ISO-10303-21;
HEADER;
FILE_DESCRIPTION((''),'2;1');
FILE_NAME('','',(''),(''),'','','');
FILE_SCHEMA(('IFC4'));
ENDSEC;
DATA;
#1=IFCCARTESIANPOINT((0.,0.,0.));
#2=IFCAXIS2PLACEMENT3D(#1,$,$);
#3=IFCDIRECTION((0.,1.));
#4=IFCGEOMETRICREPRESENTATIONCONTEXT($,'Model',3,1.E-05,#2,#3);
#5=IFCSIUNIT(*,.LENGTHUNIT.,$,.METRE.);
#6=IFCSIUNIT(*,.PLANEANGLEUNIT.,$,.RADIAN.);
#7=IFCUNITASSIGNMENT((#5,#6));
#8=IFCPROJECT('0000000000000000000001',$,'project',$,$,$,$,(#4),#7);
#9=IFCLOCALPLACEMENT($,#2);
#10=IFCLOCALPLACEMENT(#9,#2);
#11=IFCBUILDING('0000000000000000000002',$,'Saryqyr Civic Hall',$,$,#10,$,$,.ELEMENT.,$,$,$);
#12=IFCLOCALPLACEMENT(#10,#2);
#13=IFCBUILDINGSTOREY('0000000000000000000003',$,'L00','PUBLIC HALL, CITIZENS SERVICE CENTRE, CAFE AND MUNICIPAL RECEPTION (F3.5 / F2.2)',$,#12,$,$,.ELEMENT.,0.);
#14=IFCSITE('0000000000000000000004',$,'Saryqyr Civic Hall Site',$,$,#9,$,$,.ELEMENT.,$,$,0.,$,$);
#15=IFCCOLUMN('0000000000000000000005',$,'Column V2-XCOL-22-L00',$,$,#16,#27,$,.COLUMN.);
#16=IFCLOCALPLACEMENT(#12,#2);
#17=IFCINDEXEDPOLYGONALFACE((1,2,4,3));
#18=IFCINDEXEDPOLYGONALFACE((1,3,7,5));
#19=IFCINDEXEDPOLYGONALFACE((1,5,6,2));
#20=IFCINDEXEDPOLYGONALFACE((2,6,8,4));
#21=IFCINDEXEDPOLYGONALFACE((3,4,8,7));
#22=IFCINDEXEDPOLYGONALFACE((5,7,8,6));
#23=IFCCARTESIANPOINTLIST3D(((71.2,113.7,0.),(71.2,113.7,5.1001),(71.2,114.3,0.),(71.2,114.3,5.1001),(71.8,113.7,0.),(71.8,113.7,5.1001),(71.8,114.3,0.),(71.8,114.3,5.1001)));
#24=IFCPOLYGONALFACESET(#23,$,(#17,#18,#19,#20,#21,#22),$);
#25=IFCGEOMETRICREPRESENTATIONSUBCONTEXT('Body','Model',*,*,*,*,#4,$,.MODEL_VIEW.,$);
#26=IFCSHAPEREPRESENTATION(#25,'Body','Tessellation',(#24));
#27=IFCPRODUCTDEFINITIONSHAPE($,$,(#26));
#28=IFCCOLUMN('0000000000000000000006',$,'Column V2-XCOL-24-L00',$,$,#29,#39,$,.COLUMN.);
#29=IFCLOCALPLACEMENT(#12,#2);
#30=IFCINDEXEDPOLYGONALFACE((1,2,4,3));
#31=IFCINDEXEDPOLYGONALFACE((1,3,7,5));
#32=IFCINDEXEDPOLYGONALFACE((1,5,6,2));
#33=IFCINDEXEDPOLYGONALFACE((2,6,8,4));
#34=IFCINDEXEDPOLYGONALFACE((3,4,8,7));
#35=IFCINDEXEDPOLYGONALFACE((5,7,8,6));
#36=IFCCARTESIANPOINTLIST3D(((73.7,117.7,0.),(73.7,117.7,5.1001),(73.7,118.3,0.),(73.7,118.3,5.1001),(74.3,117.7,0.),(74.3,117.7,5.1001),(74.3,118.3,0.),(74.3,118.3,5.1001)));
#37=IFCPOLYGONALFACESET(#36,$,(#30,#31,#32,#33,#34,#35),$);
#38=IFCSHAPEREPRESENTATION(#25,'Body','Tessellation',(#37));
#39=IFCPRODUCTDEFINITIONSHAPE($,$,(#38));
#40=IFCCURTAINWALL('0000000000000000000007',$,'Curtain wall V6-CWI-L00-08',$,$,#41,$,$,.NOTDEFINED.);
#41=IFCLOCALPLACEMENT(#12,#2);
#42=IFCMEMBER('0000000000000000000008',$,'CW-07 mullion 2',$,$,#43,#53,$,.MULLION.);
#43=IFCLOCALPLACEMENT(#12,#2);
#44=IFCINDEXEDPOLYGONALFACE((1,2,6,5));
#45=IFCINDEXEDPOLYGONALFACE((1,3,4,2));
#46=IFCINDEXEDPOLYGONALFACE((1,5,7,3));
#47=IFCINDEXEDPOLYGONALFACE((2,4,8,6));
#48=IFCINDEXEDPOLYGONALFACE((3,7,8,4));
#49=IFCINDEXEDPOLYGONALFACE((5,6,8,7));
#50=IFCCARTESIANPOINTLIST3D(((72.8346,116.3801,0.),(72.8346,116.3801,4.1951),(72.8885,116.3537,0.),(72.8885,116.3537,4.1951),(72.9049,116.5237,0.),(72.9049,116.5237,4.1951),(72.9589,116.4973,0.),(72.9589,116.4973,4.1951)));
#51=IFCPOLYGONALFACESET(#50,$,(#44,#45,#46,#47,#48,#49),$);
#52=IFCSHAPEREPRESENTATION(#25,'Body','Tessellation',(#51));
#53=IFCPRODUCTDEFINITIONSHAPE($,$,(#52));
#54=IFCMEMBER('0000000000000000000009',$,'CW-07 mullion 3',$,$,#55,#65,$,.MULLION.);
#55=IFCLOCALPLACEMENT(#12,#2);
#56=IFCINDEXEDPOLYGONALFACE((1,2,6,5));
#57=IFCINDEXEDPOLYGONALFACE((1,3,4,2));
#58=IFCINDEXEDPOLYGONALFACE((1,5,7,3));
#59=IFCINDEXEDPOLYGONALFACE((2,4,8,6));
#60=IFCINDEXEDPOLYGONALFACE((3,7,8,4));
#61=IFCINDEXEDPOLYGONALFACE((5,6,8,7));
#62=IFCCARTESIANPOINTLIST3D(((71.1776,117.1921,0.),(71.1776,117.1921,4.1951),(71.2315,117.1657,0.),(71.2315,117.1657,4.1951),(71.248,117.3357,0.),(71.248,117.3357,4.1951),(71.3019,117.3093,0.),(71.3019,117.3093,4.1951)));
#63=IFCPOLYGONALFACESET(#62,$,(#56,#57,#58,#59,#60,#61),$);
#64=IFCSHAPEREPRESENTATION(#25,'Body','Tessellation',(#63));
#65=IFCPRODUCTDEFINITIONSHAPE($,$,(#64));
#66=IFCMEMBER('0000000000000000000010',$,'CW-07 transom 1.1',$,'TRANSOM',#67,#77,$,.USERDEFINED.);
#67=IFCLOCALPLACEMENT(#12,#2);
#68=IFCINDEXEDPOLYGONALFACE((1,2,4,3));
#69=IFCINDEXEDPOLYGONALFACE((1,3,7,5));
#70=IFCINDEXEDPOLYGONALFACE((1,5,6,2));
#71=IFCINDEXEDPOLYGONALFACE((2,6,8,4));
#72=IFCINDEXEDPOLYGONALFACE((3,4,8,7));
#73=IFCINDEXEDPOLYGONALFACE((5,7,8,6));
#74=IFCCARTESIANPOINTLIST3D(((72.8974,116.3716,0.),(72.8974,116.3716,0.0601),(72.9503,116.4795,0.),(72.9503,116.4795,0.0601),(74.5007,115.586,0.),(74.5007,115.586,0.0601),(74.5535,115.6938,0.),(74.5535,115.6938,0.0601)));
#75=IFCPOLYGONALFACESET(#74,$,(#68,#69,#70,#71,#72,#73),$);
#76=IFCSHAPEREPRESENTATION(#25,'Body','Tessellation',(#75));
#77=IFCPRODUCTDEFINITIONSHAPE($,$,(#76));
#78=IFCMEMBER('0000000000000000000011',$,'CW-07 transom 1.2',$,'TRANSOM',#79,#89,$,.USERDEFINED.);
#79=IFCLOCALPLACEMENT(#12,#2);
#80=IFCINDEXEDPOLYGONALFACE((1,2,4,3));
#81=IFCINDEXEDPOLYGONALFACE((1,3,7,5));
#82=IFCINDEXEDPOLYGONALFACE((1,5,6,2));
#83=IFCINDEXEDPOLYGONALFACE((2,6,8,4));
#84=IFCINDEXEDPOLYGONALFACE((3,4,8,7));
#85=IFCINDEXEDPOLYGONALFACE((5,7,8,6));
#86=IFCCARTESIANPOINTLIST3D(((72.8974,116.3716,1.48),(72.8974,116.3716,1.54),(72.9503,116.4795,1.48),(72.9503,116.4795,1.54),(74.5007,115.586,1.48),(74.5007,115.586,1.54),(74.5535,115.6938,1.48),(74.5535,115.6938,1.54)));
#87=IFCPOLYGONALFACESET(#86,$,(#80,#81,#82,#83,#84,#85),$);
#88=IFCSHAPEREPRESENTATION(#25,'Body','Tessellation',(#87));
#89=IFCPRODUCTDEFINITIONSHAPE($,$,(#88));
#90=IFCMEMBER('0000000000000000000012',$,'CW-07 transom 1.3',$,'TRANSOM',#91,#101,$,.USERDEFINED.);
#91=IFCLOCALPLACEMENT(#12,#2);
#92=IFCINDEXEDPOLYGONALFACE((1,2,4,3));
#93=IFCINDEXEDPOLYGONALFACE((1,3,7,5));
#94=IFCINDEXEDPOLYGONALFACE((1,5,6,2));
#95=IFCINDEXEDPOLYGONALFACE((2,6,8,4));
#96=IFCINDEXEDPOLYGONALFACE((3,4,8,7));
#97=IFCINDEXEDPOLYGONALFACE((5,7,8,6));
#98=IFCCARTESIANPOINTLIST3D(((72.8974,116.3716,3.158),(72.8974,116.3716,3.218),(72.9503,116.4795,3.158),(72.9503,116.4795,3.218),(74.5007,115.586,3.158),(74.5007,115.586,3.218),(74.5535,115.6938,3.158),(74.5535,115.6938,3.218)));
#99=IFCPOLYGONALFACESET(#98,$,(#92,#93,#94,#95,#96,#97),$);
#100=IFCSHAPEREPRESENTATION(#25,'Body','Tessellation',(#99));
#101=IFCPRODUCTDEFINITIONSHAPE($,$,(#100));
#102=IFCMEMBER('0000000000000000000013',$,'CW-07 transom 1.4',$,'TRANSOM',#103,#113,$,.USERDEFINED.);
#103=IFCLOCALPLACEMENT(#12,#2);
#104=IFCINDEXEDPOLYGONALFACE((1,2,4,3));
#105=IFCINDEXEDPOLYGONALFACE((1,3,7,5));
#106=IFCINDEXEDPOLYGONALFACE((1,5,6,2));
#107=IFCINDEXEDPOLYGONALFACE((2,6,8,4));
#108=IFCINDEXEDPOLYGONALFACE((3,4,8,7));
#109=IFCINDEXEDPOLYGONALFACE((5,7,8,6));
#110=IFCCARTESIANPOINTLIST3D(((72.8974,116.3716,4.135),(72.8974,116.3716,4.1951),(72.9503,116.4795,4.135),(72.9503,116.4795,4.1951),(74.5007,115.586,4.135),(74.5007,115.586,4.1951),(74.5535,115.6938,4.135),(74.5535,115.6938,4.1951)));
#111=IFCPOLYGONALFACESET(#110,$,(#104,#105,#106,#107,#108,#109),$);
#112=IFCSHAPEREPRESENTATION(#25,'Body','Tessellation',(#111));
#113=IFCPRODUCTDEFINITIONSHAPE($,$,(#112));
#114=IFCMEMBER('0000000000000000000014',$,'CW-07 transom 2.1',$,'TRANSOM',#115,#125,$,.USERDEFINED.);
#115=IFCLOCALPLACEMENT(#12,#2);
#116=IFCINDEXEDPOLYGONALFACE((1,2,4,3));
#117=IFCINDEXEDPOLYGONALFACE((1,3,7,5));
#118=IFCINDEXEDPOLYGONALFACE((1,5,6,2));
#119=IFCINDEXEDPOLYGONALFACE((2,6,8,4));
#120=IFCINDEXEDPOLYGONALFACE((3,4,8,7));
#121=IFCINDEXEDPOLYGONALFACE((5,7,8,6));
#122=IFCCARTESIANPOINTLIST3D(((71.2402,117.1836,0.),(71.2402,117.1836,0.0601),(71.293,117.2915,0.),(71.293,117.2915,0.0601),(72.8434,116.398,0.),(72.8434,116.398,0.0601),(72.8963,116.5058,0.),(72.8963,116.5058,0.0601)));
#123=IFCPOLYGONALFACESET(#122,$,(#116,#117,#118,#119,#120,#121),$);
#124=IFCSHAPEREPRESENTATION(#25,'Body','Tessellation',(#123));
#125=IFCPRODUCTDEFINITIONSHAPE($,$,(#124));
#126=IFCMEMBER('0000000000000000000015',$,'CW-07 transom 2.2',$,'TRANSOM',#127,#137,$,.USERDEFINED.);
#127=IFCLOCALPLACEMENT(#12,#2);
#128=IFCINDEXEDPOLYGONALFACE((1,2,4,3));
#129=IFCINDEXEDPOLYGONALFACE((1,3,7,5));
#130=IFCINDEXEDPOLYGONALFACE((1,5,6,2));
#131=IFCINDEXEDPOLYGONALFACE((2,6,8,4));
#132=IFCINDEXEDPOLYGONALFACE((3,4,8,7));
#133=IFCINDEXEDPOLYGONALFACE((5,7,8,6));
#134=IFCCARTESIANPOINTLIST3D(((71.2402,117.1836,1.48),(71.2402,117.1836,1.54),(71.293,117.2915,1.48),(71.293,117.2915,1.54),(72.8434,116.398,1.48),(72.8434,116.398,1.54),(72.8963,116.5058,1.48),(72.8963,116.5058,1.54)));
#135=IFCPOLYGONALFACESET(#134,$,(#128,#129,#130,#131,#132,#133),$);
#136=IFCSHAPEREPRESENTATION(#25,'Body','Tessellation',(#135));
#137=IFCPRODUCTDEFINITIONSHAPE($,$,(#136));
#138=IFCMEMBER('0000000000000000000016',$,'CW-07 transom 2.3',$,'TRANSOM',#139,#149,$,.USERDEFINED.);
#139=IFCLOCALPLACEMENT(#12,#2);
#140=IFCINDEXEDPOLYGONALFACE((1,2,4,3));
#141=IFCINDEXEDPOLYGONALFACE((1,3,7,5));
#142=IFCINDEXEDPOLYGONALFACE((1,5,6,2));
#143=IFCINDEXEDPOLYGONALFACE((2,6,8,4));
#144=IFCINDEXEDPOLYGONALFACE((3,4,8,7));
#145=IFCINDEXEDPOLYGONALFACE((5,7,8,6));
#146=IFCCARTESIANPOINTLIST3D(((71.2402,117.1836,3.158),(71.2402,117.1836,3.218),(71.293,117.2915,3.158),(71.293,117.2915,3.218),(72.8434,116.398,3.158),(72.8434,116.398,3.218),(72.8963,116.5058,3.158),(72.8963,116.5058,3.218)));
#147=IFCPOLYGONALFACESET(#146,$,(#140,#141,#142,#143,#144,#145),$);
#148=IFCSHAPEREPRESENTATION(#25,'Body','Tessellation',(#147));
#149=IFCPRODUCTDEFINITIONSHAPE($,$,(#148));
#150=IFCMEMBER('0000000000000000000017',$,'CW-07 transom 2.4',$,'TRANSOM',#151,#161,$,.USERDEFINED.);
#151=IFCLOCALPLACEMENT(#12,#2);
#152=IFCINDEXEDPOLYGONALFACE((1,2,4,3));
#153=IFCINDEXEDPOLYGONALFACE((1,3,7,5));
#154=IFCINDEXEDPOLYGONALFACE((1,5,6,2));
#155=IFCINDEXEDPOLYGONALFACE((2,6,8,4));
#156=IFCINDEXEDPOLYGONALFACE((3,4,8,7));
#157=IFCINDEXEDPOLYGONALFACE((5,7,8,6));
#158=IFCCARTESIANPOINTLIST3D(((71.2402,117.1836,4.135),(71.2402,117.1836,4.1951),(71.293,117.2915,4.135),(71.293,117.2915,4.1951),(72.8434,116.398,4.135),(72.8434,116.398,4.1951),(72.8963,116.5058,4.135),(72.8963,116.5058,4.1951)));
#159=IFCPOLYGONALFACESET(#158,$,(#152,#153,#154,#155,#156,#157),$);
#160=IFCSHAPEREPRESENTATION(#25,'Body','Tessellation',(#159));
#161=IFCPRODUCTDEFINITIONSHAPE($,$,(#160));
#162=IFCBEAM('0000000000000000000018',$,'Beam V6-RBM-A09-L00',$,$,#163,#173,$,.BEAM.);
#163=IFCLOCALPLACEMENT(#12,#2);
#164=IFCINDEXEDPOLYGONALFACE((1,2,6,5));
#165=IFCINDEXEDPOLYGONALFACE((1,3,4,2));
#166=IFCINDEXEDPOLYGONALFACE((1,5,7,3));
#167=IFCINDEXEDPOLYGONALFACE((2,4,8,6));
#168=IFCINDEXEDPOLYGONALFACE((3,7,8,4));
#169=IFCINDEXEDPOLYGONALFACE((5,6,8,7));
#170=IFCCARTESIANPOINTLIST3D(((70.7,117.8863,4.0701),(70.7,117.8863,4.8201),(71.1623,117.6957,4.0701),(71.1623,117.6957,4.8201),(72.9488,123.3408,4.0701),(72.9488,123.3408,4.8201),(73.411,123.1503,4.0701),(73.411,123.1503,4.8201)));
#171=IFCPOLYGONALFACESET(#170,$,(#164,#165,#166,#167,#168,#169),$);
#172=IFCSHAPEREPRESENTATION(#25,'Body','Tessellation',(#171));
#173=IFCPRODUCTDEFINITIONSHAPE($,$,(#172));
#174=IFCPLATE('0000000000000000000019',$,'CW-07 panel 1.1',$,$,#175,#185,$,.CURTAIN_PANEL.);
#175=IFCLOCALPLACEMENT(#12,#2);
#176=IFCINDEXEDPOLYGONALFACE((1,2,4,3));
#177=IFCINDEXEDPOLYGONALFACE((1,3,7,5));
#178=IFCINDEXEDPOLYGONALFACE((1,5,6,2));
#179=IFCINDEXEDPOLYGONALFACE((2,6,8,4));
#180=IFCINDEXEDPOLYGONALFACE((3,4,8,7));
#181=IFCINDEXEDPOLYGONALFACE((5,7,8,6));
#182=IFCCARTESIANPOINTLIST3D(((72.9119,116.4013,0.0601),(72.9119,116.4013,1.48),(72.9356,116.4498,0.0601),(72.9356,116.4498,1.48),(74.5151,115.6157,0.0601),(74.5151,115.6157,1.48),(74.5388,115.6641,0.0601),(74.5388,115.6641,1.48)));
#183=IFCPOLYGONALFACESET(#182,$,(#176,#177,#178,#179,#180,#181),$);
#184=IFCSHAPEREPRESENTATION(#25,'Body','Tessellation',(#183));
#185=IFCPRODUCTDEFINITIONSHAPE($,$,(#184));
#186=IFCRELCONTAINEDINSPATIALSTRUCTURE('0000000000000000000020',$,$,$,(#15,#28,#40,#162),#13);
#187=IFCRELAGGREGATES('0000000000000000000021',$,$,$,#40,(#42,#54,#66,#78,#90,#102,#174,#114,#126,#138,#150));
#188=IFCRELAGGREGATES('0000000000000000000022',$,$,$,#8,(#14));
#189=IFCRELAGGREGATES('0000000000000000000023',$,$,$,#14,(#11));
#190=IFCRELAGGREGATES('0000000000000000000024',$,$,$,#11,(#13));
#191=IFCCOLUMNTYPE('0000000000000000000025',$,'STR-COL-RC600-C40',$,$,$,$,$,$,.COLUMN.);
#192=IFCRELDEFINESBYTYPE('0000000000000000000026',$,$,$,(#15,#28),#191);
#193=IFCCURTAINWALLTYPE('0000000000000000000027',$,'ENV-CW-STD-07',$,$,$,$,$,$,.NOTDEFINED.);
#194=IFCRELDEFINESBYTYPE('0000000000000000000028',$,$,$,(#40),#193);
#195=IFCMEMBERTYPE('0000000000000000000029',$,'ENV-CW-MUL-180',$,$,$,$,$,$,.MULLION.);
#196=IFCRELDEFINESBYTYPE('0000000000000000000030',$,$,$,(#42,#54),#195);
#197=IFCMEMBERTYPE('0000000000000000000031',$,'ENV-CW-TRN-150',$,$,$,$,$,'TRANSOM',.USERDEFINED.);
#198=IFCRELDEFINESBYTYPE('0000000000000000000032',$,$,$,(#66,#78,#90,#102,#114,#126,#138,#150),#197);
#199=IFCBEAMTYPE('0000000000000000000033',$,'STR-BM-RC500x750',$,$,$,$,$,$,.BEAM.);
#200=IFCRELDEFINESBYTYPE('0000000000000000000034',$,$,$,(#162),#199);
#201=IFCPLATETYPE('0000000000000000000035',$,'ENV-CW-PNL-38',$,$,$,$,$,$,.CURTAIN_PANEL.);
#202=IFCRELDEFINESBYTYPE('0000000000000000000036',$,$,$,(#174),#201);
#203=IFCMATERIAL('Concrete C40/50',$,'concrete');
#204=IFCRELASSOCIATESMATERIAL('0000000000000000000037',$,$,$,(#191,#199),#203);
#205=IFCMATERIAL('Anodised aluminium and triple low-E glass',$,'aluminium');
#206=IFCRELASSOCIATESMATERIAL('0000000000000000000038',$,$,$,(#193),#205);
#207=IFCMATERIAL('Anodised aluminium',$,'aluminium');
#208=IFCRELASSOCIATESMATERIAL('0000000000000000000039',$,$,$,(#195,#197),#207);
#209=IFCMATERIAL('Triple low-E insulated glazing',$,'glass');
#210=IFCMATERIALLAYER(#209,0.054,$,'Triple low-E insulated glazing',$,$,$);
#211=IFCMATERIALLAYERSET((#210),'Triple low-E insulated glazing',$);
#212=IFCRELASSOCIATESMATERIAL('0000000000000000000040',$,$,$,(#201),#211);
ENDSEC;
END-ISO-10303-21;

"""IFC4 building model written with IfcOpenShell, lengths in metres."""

from ifc_helpers import new_model, si_unit, direction, frame, origin, origin_2d, place, context, subcontext, project, spatial, rectangle, extrude, material, layer, layer_set, material_profile, profile_set, type_object, element, aggregate, save


model = new_model("IFC4")

# Units and contexts
model_context = context("Model", 3, precision=1e-05, world=origin(), true_north=direction((0.0, 1.0)))
body_context = subcontext(model_context, "Body", "Model", "MODEL_VIEW")
ifc_project = project(units=[si_unit("LENGTHUNIT", "METRE"), si_unit("PLANEANGLEUNIT", "RADIAN")], contexts=[model_context])

# Site, building, storey
site_placement = place(None, origin())
site = spatial("IfcSite", under=ifc_project, at=site_placement, Name="Saryqyr Civic Hall Site", CompositionType="ELEMENT", RefElevation=0.0)
building_placement = place(site_placement, origin())
building = spatial("IfcBuilding", under=site, at=building_placement, Name="Saryqyr Civic Hall", CompositionType="ELEMENT")
storey_placement = place(building_placement, origin())
storey = spatial("IfcBuildingStorey", under=building, at=storey_placement, Name="L00", Description="PUBLIC HALL, CITIZENS SERVICE CENTRE, CAFE AND MUNICIPAL RECEPTION (F3.5 / F2.2)", CompositionType="ELEMENT", Elevation=0.0)

# Columns
ifc_material_1 = material(Name="Concrete C40/50", Category="concrete")
ifc_material_profile_1 = material_profile(ifc_material_1, rectangle(XDim=0.6001, YDim=0.6001, at=origin_2d()), Name="RC 600x600")
ifc_profile_set_1 = profile_set([ifc_material_profile_1], Name="Concrete C40/50")
column_type = type_object("IfcColumnType", Name="STR-COL-RC600-C40", PredefinedType="COLUMN", material=ifc_profile_set_1)
for number, where, z_axis, x_axis, name in (
    (1, (71.5, 114.0, 0.0), (0.0, 0.0, 1.0), (1.0, 0.0, 0.0), "Column V2-XCOL-22-L00"),
    (2, (74.0, 118.0, 0.0), (0.0, 0.0, 1.0), (1.0, 0.0, 0.0), "Column V2-XCOL-24-L00"),
):
    element("IfcColumn", number, at=place(storey_placement, frame(where, z_axis=z_axis, x_axis=x_axis)), inside=storey, type_object=column_type, Name=name, PredefinedType="COLUMN", context=body_context, shape_type="SweptSolid", body=[
        extrude(rectangle(XDim=0.6001, YDim=0.6001, at=origin_2d()), origin(), (0.0, 0.0, 1.0), 5.1001),
    ])

# Curtain wall, members
ifc_material_2 = material(Name="Anodised aluminium and triple low-E glass", Category="aluminium")
curtain_wall_type = type_object("IfcCurtainWallType", Name="ENV-CW-STD-07", PredefinedType="NOTDEFINED", material=ifc_material_2)
curtain_wall_placement = place(storey_placement, origin())
curtain_wall = element("IfcCurtainWall", 3, at=curtain_wall_placement, inside=storey, type_object=curtain_wall_type, Name="Curtain wall V6-CWI-L00-08", PredefinedType="NOTDEFINED")
ifc_material_3 = material(Name="Anodised aluminium", Category="aluminium")
ifc_material_profile_2 = material_profile(ifc_material_3, rectangle(XDim=0.0601, YDim=0.1599, at=origin_2d()), Name="ALU MULLION 60x160")
ifc_profile_set_2 = profile_set([ifc_material_profile_2], Name="Anodised aluminium")
member_type_1 = type_object("IfcMemberType", Name="ENV-CW-MUL-180", PredefinedType="MULLION", material=ifc_profile_set_2)
member_1_placement = place(storey_placement, frame((72.8967, 116.4387, 0.0), z_axis=(0.0, 0.0, 1.0), x_axis=(-0.897971, 0.440054, 0.0)))
member_1 = element("IfcMember", 4, at=member_1_placement, type_object=member_type_1, Name="CW-07 mullion 2", PredefinedType="MULLION", context=body_context, shape_type="SweptSolid", body=[
    extrude(rectangle(XDim=0.0601, YDim=0.1599, at=origin_2d()), origin(), (0.0, 0.0, 1.0), 4.1951),
])
member_2_placement = place(storey_placement, frame((71.2397, 117.2507, 0.0), z_axis=(0.0, 0.0, 1.0), x_axis=(-0.897971, 0.440054, 0.0)))
member_2 = element("IfcMember", 5, at=member_2_placement, type_object=member_type_1, Name="CW-07 mullion 3", PredefinedType="MULLION", context=body_context, shape_type="SweptSolid", body=[
    extrude(rectangle(XDim=0.0601, YDim=0.1599, at=origin_2d()), origin(), (0.0, 0.0, 1.0), 4.1951),
])
ifc_material_profile_3 = material_profile(ifc_material_3, rectangle(XDim=0.1201, YDim=0.0601, at=origin_2d()), Name="ALU TRANSOM 120x60")
ifc_profile_set_3 = profile_set([ifc_material_profile_3], Name="Anodised aluminium")
member_type_2 = type_object("IfcMemberType", Name="ENV-CW-TRN-150", ElementType="TRANSOM", PredefinedType="USERDEFINED", material=ifc_profile_set_3)
member_3_placement = place(storey_placement, frame((74.5271, 115.6399, 0.03), z_axis=(-0.897981, 0.440034, 0.0), x_axis=(-0.440034, -0.897981, 0.0)))
member_3 = element("IfcMember", 6, at=member_3_placement, type_object=member_type_2, Name="CW-07 transom 1.1", ObjectType="TRANSOM", PredefinedType="USERDEFINED", context=body_context, shape_type="SweptSolid", body=[
    extrude(rectangle(XDim=0.1201, YDim=0.0601, at=origin_2d()), origin(), (0.0, 0.0, 1.0), 1.7854),
])
member_4_placement = place(storey_placement, frame((74.5271, 115.6399, 1.51), z_axis=(-0.897981, 0.440034, 0.0), x_axis=(-0.440034, -0.897981, 0.0)))
member_4 = element("IfcMember", 7, at=member_4_placement, type_object=member_type_2, Name="CW-07 transom 1.2", ObjectType="TRANSOM", PredefinedType="USERDEFINED", context=body_context, shape_type="SweptSolid", body=[
    extrude(rectangle(XDim=0.1201, YDim=0.0601, at=origin_2d()), origin(), (0.0, 0.0, 1.0), 1.7854),
])
member_5_placement = place(storey_placement, frame((74.5271, 115.6399, 3.188), z_axis=(-0.897981, 0.440034, 0.0), x_axis=(-0.440034, -0.897981, 0.0)))
member_5 = element("IfcMember", 8, at=member_5_placement, type_object=member_type_2, Name="CW-07 transom 1.3", ObjectType="TRANSOM", PredefinedType="USERDEFINED", context=body_context, shape_type="SweptSolid", body=[
    extrude(rectangle(XDim=0.1201, YDim=0.0601, at=origin_2d()), origin(), (0.0, 0.0, 1.0), 1.7854),
])
member_6_placement = place(storey_placement, frame((74.5271, 115.6399, 4.165), z_axis=(-0.897981, 0.440034, 0.0), x_axis=(-0.440034, -0.897981, 0.0)))
member_6 = element("IfcMember", 9, at=member_6_placement, type_object=member_type_2, Name="CW-07 transom 1.4", ObjectType="TRANSOM", PredefinedType="USERDEFINED", context=body_context, shape_type="SweptSolid", body=[
    extrude(rectangle(XDim=0.1201, YDim=0.0601, at=origin_2d()), origin(), (0.0, 0.0, 1.0), 1.7854),
])
member_7_placement = place(storey_placement, frame((72.8699, 116.4519, 0.03), z_axis=(-0.897981, 0.440034, 0.0), x_axis=(-0.440034, -0.897981, 0.0)))
member_7 = element("IfcMember", 10, at=member_7_placement, type_object=member_type_2, Name="CW-07 transom 2.1", ObjectType="TRANSOM", PredefinedType="USERDEFINED", context=body_context, shape_type="SweptSolid", body=[
    extrude(rectangle(XDim=0.1201, YDim=0.0601, at=origin_2d()), origin(), (0.0, 0.0, 1.0), 1.7854),
])
member_8_placement = place(storey_placement, frame((72.8699, 116.4519, 1.51), z_axis=(-0.897981, 0.440034, 0.0), x_axis=(-0.440034, -0.897981, 0.0)))
member_8 = element("IfcMember", 11, at=member_8_placement, type_object=member_type_2, Name="CW-07 transom 2.2", ObjectType="TRANSOM", PredefinedType="USERDEFINED", context=body_context, shape_type="SweptSolid", body=[
    extrude(rectangle(XDim=0.1201, YDim=0.0601, at=origin_2d()), origin(), (0.0, 0.0, 1.0), 1.7854),
])
member_9_placement = place(storey_placement, frame((72.8699, 116.4519, 3.188), z_axis=(-0.897981, 0.440034, 0.0), x_axis=(-0.440034, -0.897981, 0.0)))
member_9 = element("IfcMember", 12, at=member_9_placement, type_object=member_type_2, Name="CW-07 transom 2.3", ObjectType="TRANSOM", PredefinedType="USERDEFINED", context=body_context, shape_type="SweptSolid", body=[
    extrude(rectangle(XDim=0.1201, YDim=0.0601, at=origin_2d()), origin(), (0.0, 0.0, 1.0), 1.7854),
])
member_10_placement = place(storey_placement, frame((72.8699, 116.4519, 4.165), z_axis=(-0.897981, 0.440034, 0.0), x_axis=(-0.440034, -0.897981, 0.0)))
member_10 = element("IfcMember", 13, at=member_10_placement, type_object=member_type_2, Name="CW-07 transom 2.4", ObjectType="TRANSOM", PredefinedType="USERDEFINED", context=body_context, shape_type="SweptSolid", body=[
    extrude(rectangle(XDim=0.1201, YDim=0.0601, at=origin_2d()), origin(), (0.0, 0.0, 1.0), 1.7854),
])

# Beam
ifc_material_profile_4 = material_profile(ifc_material_1, rectangle(XDim=0.5, YDim=0.75, at=origin_2d()), Name="RC 500x750")
ifc_profile_set_4 = profile_set([ifc_material_profile_4], Name="Concrete C40/50")
beam_type = type_object("IfcBeamType", Name="STR-BM-RC500x750", PredefinedType="BEAM", material=ifc_profile_set_4)
beam_placement = place(storey_placement, frame((70.9312, 117.791, 4.4451), z_axis=(0.381151, 0.924513, 0.0), x_axis=(-0.924513, 0.381151, 0.0)))
element("IfcBeam", 14, at=beam_placement, inside=storey, type_object=beam_type, Name="Beam V6-RBM-A09-L00", PredefinedType="BEAM", context=body_context, shape_type="SweptSolid", body=[
    extrude(rectangle(XDim=0.5, YDim=0.75, at=origin_2d()), origin(), (0.0, 0.0, 1.0), 5.8999),
])

# Plate
ifc_material_4 = material(Name="Triple low-E insulated glazing", Category="glass")
ifc_layer_1 = layer(ifc_material_4, 0.054, Name="Triple low-E insulated glazing")
ifc_layer_set_1 = layer_set([ifc_layer_1], Name="Triple low-E insulated glazing")
plate_type = type_object("IfcPlateType", Name="ENV-CW-PNL-38", PredefinedType="CURTAIN_PANEL", material=ifc_layer_set_1)
plate_1_placement = place(storey_placement, frame((73.7253, 116.0327, 0.0601), z_axis=(0.0, 0.0, 1.0), x_axis=(-0.897971, 0.440054, 0.0)))
plate_1 = element("IfcPlate", 15, at=plate_1_placement, type_object=plate_type, Name="CW-07 panel 1.1", PredefinedType="CURTAIN_PANEL", context=body_context, shape_type="SweptSolid", body=[
    extrude(rectangle(XDim=1.7854, YDim=0.054, at=origin_2d()), origin(), (0.0, 0.0, 1.0), 1.4199),
])
aggregate(curtain_wall, [member_1, member_2, member_3, member_4, member_5, member_6, plate_1, member_7, member_8, member_9, member_10])

save(model, "model.ifc")
